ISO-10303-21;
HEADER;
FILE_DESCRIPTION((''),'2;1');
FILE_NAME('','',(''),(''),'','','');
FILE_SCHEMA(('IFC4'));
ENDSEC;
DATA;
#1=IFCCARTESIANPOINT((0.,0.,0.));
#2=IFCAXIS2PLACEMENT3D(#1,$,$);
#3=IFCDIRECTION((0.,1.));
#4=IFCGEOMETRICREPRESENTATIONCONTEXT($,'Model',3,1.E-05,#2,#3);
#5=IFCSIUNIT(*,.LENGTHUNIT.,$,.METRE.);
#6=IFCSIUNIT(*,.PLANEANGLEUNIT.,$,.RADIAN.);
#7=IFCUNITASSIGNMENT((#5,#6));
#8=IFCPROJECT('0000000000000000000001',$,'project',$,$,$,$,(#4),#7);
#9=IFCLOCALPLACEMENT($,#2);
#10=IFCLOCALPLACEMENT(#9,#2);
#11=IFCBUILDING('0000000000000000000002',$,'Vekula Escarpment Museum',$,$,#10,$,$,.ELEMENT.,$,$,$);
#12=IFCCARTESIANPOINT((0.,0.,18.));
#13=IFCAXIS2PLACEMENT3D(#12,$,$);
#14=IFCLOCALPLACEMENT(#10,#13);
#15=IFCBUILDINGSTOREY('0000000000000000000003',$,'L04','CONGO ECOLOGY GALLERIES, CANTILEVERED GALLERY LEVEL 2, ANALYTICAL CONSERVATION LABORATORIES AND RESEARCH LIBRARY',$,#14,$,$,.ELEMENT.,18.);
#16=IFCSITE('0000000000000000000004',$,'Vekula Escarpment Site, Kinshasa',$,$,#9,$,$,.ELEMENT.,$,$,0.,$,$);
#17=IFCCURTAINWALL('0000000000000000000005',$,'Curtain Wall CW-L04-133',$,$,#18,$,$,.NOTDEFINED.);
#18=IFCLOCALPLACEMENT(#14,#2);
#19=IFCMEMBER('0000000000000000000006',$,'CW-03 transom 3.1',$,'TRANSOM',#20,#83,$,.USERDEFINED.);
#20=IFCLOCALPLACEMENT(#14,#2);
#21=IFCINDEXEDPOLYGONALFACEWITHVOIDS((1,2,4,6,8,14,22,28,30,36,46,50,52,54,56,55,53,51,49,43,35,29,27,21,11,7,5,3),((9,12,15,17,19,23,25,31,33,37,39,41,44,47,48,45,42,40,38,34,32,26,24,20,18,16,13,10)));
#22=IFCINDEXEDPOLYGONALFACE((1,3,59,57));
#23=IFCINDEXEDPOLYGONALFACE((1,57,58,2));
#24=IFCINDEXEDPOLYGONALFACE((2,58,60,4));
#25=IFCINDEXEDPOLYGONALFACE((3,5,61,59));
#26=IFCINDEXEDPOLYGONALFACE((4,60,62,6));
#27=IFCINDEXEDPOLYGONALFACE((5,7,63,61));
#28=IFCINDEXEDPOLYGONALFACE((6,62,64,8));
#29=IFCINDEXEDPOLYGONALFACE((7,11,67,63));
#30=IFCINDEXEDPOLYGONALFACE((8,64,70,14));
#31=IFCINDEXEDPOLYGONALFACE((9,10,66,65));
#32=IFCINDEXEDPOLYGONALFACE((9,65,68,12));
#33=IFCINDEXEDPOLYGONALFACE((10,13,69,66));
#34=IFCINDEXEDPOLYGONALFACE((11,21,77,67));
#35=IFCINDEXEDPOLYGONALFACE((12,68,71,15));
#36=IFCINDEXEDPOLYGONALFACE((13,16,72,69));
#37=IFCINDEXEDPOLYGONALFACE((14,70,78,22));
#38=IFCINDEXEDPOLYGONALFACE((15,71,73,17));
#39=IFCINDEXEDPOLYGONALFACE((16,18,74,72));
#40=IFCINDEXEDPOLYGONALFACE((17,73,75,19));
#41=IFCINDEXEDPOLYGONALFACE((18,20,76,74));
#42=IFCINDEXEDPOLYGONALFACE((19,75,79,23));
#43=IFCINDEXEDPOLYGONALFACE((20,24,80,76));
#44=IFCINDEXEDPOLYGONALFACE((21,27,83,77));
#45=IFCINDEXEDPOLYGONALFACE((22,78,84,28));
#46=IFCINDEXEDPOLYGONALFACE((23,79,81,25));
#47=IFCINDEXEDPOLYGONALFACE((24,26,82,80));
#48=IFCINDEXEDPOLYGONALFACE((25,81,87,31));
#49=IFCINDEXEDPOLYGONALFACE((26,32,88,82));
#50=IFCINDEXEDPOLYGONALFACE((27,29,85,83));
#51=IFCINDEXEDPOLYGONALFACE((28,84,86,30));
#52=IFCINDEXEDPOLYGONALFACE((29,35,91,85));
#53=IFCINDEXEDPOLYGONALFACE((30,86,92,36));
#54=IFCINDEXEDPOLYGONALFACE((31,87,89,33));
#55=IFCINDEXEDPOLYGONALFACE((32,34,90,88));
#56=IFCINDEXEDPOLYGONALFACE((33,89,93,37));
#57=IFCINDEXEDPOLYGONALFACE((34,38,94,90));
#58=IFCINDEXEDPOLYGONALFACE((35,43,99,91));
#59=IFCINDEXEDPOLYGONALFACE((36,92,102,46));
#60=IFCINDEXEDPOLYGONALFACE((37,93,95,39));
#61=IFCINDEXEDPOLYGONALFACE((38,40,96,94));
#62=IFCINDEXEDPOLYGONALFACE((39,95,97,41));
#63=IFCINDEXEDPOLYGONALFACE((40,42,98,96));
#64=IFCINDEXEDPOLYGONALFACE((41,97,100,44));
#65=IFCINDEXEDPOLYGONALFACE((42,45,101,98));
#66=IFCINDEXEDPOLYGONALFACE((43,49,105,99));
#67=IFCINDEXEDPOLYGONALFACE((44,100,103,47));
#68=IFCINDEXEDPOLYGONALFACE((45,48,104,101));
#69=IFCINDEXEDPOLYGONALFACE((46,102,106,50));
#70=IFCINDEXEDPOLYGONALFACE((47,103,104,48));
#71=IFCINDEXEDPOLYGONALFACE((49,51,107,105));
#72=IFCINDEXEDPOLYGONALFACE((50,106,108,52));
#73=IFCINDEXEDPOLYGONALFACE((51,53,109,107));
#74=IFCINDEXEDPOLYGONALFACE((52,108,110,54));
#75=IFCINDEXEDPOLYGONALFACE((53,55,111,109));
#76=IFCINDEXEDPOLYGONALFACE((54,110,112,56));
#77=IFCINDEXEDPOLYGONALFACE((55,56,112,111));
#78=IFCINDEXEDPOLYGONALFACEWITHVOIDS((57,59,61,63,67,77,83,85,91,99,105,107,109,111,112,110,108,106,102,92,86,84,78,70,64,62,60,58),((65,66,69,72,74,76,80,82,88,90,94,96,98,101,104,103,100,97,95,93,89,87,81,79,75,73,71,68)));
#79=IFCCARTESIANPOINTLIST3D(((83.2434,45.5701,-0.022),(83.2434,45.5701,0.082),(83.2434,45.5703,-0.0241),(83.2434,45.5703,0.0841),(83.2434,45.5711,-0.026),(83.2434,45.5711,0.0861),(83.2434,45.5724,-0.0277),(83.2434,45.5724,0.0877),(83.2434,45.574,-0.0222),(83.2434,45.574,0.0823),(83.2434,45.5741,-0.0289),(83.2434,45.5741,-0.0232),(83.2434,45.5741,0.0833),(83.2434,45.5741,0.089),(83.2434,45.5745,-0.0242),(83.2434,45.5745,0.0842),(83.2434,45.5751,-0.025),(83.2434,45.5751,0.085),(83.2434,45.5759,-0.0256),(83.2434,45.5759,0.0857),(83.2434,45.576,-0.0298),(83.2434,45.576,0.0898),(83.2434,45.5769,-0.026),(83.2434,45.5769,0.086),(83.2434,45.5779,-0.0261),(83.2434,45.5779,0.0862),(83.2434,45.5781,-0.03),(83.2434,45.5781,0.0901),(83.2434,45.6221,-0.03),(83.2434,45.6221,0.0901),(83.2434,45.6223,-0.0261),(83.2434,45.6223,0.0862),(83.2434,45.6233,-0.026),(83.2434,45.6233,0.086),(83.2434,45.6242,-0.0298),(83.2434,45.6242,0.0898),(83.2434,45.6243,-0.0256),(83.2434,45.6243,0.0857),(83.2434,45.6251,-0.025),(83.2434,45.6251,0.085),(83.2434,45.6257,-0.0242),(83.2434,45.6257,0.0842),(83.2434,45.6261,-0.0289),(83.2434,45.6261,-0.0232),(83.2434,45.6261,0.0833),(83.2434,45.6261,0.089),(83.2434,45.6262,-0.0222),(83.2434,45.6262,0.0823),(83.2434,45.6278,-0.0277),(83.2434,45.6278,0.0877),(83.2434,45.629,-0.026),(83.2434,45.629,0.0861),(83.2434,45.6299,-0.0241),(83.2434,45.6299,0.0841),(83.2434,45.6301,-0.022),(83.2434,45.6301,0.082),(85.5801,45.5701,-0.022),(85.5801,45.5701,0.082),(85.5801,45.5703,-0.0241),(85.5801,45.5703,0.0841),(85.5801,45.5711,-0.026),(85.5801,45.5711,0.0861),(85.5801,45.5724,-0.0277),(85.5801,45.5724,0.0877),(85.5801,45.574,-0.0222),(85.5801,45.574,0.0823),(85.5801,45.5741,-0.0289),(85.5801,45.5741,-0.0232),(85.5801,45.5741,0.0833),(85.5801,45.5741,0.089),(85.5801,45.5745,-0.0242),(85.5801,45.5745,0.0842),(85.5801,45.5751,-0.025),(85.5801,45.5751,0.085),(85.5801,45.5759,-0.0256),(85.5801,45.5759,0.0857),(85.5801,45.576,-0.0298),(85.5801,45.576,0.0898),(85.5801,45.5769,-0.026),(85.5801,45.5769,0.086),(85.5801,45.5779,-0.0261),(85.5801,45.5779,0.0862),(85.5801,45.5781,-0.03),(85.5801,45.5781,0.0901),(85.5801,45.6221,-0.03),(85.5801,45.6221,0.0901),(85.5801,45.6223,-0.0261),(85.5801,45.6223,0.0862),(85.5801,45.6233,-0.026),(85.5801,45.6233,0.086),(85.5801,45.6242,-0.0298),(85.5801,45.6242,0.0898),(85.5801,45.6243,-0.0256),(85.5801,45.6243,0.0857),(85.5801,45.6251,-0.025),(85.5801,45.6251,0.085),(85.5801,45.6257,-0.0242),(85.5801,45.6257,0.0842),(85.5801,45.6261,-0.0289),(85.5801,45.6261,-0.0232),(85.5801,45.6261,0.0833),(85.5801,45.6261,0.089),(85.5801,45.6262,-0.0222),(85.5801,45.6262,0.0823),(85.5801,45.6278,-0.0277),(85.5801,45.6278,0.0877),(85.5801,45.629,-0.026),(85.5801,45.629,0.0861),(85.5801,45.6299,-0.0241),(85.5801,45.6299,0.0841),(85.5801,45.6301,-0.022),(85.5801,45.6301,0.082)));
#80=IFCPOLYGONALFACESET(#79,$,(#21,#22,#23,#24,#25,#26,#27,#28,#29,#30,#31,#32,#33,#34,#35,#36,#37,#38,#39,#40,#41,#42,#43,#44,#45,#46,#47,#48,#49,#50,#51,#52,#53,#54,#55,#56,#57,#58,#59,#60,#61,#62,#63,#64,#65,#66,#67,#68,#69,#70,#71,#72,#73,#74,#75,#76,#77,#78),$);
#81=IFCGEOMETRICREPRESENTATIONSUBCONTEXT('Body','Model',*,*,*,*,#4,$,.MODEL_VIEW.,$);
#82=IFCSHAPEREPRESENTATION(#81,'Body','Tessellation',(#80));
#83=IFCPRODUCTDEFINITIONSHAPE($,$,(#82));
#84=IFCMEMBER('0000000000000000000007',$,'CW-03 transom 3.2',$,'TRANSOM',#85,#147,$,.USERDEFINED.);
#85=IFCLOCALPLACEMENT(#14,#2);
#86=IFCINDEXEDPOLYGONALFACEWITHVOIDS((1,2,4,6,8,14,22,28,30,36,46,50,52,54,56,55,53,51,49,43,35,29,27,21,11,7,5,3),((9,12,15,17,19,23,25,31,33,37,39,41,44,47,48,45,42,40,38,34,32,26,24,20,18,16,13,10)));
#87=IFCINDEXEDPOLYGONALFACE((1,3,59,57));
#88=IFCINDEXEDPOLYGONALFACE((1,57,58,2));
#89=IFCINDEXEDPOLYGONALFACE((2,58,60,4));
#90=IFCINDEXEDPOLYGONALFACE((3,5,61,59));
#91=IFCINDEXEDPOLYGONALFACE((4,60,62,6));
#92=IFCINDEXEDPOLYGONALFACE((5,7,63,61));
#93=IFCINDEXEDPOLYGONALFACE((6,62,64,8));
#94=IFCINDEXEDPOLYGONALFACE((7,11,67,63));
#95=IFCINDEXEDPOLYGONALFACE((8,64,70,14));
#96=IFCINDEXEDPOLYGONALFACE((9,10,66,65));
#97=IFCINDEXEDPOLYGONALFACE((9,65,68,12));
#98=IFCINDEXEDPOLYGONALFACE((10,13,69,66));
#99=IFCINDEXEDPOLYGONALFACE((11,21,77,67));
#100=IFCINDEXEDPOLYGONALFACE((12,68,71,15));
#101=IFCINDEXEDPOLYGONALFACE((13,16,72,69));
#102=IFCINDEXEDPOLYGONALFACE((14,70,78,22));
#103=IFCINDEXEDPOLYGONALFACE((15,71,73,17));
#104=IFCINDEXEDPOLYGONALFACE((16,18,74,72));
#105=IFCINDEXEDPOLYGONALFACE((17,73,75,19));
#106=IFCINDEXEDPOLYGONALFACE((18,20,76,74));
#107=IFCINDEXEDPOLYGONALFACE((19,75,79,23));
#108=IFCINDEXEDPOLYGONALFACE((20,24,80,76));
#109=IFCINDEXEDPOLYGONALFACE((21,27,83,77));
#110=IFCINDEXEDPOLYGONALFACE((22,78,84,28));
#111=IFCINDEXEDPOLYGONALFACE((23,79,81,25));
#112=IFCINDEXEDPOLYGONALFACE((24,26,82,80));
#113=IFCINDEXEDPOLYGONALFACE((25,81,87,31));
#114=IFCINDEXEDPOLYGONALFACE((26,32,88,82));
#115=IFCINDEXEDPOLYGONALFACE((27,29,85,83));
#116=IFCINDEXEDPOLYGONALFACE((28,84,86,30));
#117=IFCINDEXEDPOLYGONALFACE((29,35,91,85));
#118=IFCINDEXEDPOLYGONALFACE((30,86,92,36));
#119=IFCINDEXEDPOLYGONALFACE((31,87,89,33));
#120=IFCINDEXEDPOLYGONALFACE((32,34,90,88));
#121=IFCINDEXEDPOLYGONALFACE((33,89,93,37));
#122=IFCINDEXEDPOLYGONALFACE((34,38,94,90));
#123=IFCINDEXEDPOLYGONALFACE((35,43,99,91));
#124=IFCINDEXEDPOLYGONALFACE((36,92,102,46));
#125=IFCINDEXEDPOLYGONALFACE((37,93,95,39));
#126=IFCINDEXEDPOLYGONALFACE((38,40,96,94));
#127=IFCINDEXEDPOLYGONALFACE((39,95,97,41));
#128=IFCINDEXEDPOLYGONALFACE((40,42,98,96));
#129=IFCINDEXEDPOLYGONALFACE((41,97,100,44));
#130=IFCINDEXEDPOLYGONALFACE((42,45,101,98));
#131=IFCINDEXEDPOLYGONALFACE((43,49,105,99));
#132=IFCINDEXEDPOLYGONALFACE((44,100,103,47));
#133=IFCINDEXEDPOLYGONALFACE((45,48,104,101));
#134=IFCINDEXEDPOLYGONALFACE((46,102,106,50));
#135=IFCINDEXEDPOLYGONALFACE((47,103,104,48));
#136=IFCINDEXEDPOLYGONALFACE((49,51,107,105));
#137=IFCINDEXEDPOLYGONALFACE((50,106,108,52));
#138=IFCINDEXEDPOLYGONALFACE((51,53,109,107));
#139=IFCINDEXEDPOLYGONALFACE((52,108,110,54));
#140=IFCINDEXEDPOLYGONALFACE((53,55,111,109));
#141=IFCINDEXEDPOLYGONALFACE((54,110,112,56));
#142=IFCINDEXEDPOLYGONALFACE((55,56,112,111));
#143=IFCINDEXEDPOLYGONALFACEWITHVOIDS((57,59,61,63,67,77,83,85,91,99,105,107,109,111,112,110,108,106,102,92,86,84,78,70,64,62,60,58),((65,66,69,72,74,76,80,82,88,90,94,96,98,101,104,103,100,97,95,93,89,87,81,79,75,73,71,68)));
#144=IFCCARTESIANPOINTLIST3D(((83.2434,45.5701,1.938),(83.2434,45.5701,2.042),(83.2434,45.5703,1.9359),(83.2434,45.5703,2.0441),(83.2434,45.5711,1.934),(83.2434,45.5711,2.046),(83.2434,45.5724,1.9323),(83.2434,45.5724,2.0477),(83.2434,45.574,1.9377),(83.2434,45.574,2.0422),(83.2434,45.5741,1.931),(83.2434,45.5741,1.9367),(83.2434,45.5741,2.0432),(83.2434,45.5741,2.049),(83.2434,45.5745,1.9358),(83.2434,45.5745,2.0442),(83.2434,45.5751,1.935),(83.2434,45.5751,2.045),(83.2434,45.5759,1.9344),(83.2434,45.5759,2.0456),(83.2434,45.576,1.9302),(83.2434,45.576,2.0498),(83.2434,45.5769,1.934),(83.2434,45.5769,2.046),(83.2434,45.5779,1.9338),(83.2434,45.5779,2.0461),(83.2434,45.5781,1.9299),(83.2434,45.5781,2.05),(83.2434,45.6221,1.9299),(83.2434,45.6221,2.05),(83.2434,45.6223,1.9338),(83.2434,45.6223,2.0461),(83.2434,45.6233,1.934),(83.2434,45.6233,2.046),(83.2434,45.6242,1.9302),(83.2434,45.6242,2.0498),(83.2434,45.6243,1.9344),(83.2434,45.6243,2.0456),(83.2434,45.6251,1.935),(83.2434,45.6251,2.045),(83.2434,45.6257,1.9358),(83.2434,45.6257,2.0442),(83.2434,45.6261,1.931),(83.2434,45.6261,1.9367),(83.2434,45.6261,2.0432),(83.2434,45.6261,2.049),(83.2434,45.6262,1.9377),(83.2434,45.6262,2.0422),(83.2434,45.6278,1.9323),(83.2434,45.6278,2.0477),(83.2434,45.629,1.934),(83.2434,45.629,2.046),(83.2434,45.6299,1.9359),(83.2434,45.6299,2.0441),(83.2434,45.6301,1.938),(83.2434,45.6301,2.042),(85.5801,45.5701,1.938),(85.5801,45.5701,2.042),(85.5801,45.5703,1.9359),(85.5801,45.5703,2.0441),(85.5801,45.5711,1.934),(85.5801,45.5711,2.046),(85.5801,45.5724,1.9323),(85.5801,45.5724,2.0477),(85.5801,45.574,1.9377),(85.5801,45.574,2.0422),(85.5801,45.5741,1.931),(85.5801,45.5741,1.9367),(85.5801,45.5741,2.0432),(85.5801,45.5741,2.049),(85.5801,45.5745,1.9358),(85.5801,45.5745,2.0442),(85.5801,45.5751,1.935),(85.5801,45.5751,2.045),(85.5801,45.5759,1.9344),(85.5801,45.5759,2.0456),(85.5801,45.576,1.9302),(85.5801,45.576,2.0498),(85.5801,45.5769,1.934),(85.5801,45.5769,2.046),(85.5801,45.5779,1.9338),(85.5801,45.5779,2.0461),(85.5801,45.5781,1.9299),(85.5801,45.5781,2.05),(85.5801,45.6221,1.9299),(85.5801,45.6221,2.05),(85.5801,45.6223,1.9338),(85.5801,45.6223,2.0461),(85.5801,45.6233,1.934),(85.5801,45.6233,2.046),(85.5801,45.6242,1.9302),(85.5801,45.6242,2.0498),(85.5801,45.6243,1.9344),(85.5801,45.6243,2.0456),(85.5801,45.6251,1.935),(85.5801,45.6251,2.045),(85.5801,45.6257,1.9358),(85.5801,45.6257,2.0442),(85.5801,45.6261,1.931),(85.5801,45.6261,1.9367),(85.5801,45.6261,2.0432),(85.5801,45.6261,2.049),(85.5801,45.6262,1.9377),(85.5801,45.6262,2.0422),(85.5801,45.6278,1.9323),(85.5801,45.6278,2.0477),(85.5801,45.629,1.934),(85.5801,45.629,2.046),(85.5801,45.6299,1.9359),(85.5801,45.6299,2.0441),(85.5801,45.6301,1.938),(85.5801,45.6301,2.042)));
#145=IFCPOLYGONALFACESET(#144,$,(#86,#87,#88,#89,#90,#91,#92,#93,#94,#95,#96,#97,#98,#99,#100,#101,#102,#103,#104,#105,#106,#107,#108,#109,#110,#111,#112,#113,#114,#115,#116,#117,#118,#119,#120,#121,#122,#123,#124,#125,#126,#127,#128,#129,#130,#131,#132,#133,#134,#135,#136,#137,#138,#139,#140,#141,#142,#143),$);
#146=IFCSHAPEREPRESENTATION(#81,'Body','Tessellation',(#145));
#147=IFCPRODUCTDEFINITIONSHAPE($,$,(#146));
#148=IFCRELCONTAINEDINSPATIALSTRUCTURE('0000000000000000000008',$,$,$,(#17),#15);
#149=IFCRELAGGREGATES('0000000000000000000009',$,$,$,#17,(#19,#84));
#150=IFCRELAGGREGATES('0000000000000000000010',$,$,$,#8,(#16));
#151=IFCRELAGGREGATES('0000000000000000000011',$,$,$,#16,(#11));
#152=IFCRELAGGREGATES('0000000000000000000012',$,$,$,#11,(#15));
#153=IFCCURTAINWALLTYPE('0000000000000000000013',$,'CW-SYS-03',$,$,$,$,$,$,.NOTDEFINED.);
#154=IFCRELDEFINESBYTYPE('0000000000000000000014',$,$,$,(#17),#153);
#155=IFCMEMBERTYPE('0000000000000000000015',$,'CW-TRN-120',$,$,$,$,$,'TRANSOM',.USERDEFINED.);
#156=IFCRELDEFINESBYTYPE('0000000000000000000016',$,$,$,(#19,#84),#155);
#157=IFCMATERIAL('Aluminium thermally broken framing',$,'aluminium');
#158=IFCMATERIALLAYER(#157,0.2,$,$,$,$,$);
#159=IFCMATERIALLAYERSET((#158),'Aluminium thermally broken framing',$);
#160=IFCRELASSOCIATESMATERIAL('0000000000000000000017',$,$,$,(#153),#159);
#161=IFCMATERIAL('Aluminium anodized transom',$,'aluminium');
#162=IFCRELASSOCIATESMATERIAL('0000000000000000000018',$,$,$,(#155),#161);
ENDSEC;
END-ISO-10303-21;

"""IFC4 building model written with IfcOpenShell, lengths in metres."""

from ifc_helpers import new_model, si_unit, direction, frame, origin, origin_2d, place, context, subcontext, project, spatial, hollow_rectangle, extrude, material, layer, layer_set, material_profile, profile_set, type_object, element, aggregate, save


model = new_model("IFC4")

# Units and contexts
model_context = context("Model", 3, precision=1e-05, world=origin(), true_north=direction((0.0, 1.0)))
body_context = subcontext(model_context, "Body", "Model", "MODEL_VIEW")
ifc_project = project(units=[si_unit("LENGTHUNIT", "METRE"), si_unit("PLANEANGLEUNIT", "RADIAN")], contexts=[model_context])

# Site, building, storey
site_placement = place(None, origin())
site = spatial("IfcSite", under=ifc_project, at=site_placement, Name="Vekula Escarpment Site, Kinshasa", CompositionType="ELEMENT", RefElevation=0.0)
building_placement = place(site_placement, origin())
building = spatial("IfcBuilding", under=site, at=building_placement, Name="Vekula Escarpment Museum", CompositionType="ELEMENT")
storey_placement = place(building_placement, frame((0.0, 0.0, 18.0)))
storey = spatial("IfcBuildingStorey", under=building, at=storey_placement, Name="L04", Description="CONGO ECOLOGY GALLERIES, CANTILEVERED GALLERY LEVEL 2, ANALYTICAL CONSERVATION LABORATORIES AND RESEARCH LIBRARY", CompositionType="ELEMENT", Elevation=18.0)

# Curtain wall
ifc_material_1 = material(Name="Aluminium thermally broken framing", Category="aluminium")
ifc_layer_1 = layer(ifc_material_1, 0.2)
ifc_layer_set_1 = layer_set([ifc_layer_1], Name="Aluminium thermally broken framing")
curtain_wall_type_1 = type_object("IfcCurtainWallType", Name="CW-SYS-03", PredefinedType="NOTDEFINED", material=ifc_layer_set_1)
curtain_wall_1_placement = place(storey_placement, origin())
curtain_wall_1 = element("IfcCurtainWall", 1, at=curtain_wall_1_placement, inside=storey, type_object=curtain_wall_type_1, Name="Curtain Wall CW-L04-133", PredefinedType="NOTDEFINED")

# Members
ifc_material_2 = material(Name="Aluminium anodized transom", Category="aluminium")
ifc_material_profile_1 = material_profile(ifc_material_2, hollow_rectangle(XDim=0.0601, YDim=0.1201, WallThickness=0.0039, InnerFilletRadius=0.0039, OuterFilletRadius=0.0081, at=origin_2d()), Name="ALU 120x60x4")
ifc_profile_set_1 = profile_set([ifc_material_profile_1], Name="Aluminium anodized transom")
member_type_1 = type_object("IfcMemberType", Name="CW-TRN-120", ElementType="TRANSOM", PredefinedType="USERDEFINED", material=ifc_profile_set_1)
member_1_placement = place(storey_placement, frame((83.2434, 45.6001, 0.03), z_axis=(1.0, 0.0, 0.0), x_axis=(0.0, 1.0, 0.0)))
member_1 = element("IfcMember", 2, at=member_1_placement, type_object=member_type_1, Name="CW-03 transom 3.1", ObjectType="TRANSOM", PredefinedType="USERDEFINED", context=body_context, shape_type="SweptSolid", body=[
    extrude(hollow_rectangle(XDim=0.0601, YDim=0.1201, WallThickness=0.0039, InnerFilletRadius=0.0039, OuterFilletRadius=0.0081, at=origin_2d()), origin(), (0.0, 0.0, 1.0), 2.3367),
])
member_2_placement = place(storey_placement, frame((83.2434, 45.6001, 1.99), z_axis=(1.0, 0.0, 0.0), x_axis=(0.0, 1.0, 0.0)))
member_2 = element("IfcMember", 3, at=member_2_placement, type_object=member_type_1, Name="CW-03 transom 3.2", ObjectType="TRANSOM", PredefinedType="USERDEFINED", context=body_context, shape_type="SweptSolid", body=[
    extrude(hollow_rectangle(XDim=0.0601, YDim=0.1201, WallThickness=0.0039, InnerFilletRadius=0.0039, OuterFilletRadius=0.0081, at=origin_2d()), origin(), (0.0, 0.0, 1.0), 2.3367),
])

aggregate(curtain_wall_1, [member_1, member_2])

save(model, "model.ifc")
